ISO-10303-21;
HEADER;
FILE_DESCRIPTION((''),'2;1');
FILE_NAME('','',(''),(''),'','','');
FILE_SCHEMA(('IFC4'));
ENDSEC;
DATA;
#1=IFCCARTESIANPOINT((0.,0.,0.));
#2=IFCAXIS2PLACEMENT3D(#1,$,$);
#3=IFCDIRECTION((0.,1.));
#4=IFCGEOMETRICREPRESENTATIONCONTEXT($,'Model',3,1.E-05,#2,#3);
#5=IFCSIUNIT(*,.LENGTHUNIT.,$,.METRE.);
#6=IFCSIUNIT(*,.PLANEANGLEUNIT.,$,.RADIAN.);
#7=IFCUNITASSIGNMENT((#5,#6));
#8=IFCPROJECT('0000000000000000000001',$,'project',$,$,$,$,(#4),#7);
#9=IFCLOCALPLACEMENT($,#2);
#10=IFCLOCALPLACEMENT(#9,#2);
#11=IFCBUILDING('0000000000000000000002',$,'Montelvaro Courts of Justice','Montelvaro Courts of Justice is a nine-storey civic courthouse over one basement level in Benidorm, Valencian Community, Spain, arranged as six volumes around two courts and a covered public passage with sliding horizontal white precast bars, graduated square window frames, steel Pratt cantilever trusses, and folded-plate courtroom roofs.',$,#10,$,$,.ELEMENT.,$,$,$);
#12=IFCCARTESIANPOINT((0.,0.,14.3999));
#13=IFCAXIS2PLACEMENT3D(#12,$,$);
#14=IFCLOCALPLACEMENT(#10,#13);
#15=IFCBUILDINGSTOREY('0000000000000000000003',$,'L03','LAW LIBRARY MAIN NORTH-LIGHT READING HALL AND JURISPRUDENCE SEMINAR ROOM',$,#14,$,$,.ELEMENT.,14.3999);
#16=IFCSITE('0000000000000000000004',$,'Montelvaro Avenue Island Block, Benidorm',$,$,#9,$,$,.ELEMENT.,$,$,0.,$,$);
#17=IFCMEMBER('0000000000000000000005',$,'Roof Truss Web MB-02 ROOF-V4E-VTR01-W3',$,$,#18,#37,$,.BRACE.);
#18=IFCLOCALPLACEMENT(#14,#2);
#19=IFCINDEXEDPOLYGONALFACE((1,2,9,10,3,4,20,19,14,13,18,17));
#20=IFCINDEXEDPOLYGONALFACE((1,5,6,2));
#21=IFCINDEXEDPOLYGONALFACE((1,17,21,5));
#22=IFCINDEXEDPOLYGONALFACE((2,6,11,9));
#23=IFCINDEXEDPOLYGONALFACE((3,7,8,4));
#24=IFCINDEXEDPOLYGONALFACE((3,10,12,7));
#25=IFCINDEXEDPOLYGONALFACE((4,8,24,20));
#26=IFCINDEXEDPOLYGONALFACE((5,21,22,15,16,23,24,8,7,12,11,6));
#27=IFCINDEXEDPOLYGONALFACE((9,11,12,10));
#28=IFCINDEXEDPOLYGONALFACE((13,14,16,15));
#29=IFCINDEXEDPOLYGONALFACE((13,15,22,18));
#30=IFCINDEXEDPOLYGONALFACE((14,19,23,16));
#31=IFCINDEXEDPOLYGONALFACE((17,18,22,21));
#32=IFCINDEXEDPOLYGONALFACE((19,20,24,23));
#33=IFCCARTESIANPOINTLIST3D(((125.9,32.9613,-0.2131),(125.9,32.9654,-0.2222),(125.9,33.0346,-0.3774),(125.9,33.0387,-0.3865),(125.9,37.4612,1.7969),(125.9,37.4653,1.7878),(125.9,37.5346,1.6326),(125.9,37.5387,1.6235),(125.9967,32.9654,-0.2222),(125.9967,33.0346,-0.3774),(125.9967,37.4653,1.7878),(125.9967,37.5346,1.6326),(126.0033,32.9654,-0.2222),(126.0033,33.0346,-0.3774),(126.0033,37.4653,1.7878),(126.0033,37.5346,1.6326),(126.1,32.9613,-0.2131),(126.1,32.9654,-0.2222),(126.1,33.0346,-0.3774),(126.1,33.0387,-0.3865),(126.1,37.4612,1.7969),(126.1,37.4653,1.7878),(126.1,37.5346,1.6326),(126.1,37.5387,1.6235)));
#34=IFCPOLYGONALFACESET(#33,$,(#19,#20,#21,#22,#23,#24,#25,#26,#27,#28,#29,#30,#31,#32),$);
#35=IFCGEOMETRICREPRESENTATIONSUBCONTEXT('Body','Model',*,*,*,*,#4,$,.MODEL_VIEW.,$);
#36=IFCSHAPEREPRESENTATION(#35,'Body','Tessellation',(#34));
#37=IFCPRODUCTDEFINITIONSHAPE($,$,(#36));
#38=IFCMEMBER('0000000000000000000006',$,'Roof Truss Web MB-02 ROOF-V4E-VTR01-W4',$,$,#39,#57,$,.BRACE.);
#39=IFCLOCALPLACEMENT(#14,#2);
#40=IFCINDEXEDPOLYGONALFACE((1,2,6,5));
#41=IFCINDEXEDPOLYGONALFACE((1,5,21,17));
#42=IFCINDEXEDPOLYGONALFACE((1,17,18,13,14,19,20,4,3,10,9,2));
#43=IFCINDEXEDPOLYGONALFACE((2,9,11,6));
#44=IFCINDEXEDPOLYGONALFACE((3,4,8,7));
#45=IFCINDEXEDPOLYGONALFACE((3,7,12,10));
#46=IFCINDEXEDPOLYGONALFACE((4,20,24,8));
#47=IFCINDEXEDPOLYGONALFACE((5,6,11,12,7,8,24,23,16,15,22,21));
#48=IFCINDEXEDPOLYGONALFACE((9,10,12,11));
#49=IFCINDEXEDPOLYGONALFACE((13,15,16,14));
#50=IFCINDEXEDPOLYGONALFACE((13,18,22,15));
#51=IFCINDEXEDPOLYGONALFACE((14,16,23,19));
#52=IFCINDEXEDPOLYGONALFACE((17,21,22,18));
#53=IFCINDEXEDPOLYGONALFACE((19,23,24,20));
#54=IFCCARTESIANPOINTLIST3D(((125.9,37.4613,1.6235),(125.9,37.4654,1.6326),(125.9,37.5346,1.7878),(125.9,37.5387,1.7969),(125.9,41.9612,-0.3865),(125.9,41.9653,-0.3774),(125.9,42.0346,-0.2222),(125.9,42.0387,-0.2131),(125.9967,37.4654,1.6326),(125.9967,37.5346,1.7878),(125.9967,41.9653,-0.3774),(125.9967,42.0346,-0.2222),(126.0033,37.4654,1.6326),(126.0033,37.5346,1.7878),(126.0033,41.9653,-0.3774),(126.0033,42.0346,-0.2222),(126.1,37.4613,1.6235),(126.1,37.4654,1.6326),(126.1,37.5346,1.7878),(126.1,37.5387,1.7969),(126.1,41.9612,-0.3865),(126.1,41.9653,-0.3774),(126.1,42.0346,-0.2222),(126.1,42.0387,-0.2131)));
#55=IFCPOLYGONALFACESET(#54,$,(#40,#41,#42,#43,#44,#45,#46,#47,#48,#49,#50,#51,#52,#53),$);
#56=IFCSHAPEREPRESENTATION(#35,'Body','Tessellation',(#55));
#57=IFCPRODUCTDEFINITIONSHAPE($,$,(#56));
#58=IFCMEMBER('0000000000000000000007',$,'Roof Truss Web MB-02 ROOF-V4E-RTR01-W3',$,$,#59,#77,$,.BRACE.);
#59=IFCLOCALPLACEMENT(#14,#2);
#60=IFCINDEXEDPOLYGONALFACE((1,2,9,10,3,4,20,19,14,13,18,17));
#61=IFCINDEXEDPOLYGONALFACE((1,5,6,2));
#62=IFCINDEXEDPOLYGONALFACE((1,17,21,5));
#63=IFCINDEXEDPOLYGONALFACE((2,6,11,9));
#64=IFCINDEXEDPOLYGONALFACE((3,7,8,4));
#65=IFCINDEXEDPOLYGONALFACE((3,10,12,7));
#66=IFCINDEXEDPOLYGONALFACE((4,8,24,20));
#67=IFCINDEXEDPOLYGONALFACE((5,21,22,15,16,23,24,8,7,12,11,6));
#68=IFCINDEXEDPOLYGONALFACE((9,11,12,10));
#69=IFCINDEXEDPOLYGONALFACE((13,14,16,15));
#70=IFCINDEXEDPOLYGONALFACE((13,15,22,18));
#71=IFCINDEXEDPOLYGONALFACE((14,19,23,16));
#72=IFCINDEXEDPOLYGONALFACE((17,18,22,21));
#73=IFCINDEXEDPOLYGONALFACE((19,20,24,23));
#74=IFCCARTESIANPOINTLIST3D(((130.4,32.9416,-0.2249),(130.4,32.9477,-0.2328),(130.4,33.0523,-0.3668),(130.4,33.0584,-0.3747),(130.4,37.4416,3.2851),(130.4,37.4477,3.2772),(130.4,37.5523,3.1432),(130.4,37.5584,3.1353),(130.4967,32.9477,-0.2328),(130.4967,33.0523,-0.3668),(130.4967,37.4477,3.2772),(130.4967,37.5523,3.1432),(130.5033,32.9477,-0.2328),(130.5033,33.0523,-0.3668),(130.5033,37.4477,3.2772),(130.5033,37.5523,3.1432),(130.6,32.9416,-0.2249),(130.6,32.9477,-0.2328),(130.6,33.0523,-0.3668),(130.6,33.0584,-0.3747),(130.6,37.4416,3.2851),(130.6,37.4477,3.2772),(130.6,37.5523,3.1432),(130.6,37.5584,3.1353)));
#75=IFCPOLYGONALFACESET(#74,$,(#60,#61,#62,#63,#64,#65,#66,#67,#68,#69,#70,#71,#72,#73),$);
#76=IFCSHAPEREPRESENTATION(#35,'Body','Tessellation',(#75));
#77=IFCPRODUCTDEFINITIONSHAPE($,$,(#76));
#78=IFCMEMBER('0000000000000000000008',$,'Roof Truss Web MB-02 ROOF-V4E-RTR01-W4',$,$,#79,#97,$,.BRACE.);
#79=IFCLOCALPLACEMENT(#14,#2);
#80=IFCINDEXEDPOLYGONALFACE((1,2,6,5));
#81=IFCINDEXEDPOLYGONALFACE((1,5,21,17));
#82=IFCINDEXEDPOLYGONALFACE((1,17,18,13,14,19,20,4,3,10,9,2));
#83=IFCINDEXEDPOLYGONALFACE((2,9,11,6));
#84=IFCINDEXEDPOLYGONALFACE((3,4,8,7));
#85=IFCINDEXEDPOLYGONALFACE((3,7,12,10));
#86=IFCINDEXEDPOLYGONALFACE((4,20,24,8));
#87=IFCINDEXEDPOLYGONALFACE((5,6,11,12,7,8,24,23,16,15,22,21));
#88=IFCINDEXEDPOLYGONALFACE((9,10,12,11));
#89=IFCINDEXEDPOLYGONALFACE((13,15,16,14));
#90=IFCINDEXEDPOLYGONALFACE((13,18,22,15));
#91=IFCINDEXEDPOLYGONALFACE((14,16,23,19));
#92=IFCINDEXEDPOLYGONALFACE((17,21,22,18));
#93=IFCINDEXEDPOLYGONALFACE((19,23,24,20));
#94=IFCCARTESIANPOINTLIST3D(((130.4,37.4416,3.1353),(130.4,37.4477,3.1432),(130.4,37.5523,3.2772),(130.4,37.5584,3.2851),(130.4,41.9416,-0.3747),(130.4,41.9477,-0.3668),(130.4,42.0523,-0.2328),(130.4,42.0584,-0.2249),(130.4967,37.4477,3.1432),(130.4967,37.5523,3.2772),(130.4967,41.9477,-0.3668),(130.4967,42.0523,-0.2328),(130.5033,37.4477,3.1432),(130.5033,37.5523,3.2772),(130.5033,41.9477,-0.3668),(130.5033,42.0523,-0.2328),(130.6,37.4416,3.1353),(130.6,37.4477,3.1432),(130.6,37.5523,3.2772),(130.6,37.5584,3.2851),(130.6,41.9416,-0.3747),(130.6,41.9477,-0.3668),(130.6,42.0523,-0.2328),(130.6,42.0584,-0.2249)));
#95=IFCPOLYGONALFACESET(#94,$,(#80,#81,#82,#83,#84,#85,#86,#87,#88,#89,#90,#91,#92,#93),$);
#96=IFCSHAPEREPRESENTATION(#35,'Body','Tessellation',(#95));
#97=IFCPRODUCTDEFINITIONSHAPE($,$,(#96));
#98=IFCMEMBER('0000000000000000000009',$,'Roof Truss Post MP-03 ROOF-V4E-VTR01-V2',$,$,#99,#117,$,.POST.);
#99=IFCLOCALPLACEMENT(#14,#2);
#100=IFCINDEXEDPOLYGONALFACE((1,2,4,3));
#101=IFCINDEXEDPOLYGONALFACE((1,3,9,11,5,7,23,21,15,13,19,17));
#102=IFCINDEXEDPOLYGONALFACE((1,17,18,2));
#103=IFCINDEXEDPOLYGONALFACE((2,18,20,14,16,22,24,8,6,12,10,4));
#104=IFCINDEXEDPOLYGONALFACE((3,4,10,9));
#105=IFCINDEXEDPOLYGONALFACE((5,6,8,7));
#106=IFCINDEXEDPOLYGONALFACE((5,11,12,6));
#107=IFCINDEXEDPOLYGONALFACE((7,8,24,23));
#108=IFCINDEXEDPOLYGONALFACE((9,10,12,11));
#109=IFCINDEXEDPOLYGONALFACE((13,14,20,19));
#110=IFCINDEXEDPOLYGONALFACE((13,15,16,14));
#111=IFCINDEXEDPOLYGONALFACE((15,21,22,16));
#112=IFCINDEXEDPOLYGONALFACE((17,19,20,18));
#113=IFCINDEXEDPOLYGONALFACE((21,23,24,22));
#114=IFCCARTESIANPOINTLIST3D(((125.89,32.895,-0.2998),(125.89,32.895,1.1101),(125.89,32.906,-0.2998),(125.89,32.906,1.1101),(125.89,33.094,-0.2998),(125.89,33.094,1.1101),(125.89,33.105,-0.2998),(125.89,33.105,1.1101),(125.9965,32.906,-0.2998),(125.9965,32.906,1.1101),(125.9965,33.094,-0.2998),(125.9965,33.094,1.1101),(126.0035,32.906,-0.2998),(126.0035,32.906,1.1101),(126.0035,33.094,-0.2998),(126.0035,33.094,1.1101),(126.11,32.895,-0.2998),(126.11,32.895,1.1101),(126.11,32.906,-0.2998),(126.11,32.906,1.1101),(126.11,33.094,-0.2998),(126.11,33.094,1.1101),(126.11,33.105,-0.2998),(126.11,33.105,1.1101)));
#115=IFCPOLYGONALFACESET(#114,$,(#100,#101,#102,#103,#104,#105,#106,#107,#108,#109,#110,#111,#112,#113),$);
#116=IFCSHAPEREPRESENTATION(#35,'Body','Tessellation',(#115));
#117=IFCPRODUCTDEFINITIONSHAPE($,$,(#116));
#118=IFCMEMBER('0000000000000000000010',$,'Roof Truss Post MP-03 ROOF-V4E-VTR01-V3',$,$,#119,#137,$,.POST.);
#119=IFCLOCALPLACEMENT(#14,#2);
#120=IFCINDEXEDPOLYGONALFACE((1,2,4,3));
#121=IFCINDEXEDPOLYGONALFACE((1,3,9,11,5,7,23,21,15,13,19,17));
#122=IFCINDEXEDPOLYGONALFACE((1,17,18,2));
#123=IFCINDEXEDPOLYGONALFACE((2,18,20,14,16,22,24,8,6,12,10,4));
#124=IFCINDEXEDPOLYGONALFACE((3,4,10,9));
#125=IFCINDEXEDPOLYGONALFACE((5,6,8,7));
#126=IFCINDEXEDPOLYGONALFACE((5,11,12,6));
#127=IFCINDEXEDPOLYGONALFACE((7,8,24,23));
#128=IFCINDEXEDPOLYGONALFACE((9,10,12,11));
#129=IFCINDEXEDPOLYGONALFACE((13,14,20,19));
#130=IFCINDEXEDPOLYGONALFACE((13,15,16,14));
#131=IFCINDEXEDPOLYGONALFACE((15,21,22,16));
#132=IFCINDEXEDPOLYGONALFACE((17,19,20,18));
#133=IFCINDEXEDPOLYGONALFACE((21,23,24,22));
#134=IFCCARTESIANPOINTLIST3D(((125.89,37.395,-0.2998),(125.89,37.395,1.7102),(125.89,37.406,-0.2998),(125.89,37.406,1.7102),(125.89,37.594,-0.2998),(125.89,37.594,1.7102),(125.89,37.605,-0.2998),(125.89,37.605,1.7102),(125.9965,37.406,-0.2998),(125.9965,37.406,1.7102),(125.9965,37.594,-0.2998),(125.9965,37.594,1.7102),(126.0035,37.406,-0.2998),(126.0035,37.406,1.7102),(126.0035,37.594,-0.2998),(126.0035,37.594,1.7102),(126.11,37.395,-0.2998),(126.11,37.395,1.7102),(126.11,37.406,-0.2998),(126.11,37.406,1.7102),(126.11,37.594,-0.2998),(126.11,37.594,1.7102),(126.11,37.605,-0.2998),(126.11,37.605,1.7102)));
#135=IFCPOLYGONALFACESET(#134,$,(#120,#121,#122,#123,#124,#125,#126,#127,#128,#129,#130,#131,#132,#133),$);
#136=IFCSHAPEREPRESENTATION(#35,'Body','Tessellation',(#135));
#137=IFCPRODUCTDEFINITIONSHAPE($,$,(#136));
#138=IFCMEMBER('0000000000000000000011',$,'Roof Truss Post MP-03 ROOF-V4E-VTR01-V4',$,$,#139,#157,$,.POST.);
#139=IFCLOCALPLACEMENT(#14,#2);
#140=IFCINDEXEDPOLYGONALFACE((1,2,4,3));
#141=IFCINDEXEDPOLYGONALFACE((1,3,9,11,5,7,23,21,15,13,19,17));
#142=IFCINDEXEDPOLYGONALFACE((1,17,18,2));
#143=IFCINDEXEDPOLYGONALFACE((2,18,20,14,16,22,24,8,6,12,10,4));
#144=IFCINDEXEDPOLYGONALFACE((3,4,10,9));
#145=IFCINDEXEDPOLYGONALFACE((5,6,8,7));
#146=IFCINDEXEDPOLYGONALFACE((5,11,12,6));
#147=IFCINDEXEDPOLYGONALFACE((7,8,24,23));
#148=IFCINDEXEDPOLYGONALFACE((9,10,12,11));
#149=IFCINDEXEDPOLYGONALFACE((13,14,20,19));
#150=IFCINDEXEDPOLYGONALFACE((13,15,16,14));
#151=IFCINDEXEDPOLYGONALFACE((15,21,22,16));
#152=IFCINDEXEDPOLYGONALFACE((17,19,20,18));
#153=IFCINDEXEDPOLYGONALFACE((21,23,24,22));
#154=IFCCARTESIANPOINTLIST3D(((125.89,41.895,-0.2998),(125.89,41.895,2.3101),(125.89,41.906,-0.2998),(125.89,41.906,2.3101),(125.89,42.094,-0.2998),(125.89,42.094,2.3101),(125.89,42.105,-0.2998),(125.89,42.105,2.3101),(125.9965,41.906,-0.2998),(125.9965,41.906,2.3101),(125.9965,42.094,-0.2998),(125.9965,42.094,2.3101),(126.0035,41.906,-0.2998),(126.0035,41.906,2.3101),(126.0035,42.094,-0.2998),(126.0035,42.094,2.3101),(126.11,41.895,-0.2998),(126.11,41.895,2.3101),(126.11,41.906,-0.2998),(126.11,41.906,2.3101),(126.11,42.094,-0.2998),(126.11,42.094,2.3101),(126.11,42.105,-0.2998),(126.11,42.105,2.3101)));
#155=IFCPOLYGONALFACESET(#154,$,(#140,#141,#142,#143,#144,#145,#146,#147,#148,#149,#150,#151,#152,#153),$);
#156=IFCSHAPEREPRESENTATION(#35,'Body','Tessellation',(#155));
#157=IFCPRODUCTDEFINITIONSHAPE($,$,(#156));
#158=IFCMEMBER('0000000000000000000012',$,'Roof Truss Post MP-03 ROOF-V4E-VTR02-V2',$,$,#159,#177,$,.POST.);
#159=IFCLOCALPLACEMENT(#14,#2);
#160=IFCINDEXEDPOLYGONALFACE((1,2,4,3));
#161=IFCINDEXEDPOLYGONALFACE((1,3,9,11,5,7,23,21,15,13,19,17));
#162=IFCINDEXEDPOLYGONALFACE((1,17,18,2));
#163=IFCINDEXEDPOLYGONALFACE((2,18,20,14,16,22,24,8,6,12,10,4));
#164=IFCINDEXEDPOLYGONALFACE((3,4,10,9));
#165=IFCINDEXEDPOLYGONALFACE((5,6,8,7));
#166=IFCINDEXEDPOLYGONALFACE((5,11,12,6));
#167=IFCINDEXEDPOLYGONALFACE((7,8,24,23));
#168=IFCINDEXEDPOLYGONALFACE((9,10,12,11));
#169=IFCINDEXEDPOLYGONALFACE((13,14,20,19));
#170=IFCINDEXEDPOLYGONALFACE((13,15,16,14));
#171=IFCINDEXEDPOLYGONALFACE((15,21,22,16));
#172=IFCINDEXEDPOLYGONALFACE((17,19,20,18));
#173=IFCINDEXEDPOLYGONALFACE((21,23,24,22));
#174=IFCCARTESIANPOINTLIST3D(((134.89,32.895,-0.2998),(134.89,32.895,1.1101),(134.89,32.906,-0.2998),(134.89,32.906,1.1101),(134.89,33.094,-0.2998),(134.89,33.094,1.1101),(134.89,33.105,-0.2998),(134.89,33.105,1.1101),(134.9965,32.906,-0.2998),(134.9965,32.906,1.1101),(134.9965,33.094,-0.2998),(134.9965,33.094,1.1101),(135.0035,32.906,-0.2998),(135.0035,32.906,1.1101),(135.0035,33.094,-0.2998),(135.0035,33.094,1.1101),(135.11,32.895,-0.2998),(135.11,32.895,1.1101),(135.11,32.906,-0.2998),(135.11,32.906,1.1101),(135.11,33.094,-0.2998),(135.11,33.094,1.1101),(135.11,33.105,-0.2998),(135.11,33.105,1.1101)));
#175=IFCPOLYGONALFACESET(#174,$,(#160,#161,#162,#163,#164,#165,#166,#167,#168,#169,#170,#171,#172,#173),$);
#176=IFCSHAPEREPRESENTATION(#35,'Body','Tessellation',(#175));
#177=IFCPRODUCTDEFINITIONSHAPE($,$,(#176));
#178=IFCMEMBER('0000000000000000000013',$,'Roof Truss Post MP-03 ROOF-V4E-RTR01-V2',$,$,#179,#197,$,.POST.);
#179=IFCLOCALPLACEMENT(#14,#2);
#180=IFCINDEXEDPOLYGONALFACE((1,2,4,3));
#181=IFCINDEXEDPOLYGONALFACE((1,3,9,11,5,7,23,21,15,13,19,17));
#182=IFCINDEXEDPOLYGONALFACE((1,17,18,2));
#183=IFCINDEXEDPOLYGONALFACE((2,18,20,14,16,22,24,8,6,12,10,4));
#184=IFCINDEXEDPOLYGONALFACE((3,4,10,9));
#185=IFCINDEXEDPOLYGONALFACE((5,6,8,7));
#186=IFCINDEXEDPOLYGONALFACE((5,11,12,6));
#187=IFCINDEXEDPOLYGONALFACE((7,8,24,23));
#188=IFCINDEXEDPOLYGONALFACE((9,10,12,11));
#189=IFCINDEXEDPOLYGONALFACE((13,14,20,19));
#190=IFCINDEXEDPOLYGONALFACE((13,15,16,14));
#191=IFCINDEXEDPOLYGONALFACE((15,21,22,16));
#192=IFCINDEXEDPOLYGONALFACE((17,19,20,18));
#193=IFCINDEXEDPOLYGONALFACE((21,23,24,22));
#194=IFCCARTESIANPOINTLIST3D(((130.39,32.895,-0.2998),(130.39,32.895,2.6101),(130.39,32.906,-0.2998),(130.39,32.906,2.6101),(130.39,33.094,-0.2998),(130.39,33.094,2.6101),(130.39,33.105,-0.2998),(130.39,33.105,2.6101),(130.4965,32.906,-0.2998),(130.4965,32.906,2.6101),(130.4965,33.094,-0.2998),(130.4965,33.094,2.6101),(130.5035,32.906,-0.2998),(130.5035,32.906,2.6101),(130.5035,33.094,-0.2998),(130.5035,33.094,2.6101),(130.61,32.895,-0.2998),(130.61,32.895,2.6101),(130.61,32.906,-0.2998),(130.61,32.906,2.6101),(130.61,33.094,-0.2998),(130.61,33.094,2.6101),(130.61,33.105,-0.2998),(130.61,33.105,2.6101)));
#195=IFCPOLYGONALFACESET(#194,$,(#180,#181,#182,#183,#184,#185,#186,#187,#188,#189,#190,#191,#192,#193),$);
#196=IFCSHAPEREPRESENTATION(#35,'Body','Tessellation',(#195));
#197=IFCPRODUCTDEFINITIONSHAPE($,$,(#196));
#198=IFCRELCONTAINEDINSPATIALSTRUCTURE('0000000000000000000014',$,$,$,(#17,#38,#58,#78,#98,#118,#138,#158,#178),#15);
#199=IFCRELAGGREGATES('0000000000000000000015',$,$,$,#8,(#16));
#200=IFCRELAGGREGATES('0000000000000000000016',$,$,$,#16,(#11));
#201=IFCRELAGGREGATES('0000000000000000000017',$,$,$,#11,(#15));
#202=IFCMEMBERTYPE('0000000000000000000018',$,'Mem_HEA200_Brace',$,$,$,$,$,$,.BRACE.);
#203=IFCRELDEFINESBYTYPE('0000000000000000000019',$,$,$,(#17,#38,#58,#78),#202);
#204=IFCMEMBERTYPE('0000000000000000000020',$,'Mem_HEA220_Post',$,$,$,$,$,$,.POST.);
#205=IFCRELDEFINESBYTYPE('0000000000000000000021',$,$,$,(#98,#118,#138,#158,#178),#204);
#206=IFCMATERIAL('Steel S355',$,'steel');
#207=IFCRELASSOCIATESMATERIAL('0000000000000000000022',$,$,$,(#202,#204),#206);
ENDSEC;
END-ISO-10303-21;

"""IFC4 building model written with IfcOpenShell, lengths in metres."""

from ifc_helpers import new_model, si_unit, direction, frame, origin, origin_2d, place, context, subcontext, project, spatial, i_section, extrude, material, material_profile, profile_set, type_object, element, save


model = new_model("IFC4")

# Units and contexts
model_context = context("Model", 3, precision=1e-05, world=origin(), true_north=direction((0.0, 1.0)))
body_context = subcontext(model_context, "Body", "Model", "MODEL_VIEW")
ifc_project = project(units=[si_unit("LENGTHUNIT", "METRE"), si_unit("PLANEANGLEUNIT", "RADIAN")], contexts=[model_context])

# Site, building, storey
site_placement = place(None, origin())
site = spatial("IfcSite", under=ifc_project, at=site_placement, Name="Montelvaro Avenue Island Block, Benidorm", CompositionType="ELEMENT", RefElevation=0.0)
building_placement = place(site_placement, origin())
building = spatial("IfcBuilding", under=site, at=building_placement, Name="Montelvaro Courts of Justice", Description="Montelvaro Courts of Justice is a nine-storey civic courthouse over one basement level in Benidorm, Valencian Community, Spain, arranged as six volumes around two courts and a covered public passage with sliding horizontal white precast bars, graduated square window frames, steel Pratt cantilever trusses, and folded-plate courtroom roofs.", CompositionType="ELEMENT")
storey_placement = place(building_placement, frame((0.0, 0.0, 14.3999)))
storey = spatial("IfcBuildingStorey", under=building, at=storey_placement, Name="L03", Description="LAW LIBRARY MAIN NORTH-LIGHT READING HALL AND JURISPRUDENCE SEMINAR ROOM", CompositionType="ELEMENT", Elevation=14.3999)

# Members
ifc_material_1 = material(Name="Steel S355", Category="steel")
ifc_material_profile_1 = material_profile(ifc_material_1, i_section(OverallWidth=0.2, OverallDepth=0.1899, WebThickness=0.0066, FlangeThickness=0.01, at=origin_2d()), Name="HEA 200")
ifc_profile_set_1 = profile_set([ifc_material_profile_1], Name="Steel S355")
member_type_1 = type_object("IfcMemberType", Name="Mem_HEA200_Brace", PredefinedType="BRACE", material=ifc_profile_set_1)
for number, where, z_axis, x_axis, name in (
    (1, (126.0, 33.0, -0.2998), (0.0, 0.913056, 0.407834), (-1.0, 0.0, 0.0), "Roof Truss Web MB-02 ROOF-V4E-VTR01-W3"),
    (2, (126.0, 37.5, 1.7102), (0.0, 0.913056, -0.407834), (-1.0, 0.0, 0.0), "Roof Truss Web MB-02 ROOF-V4E-VTR01-W4"),
):
    element("IfcMember", number, at=place(storey_placement, frame(where, z_axis=z_axis, x_axis=x_axis)), inside=storey, type_object=member_type_1, Name=name, PredefinedType="BRACE", context=body_context, shape_type="SweptSolid", body=[
        extrude(i_section(OverallWidth=0.2, OverallDepth=0.1899, WebThickness=0.0066, FlangeThickness=0.01, at=origin_2d()), origin(), (0.0, 0.0, 1.0), 4.9285),
    ])
for number, where, z_axis, x_axis, name in (
    (3, (130.5, 33.0, -0.2998), (0.0, 0.788501, 0.615033), (-1.0, 0.0, 0.0), "Roof Truss Web MB-02 ROOF-V4E-RTR01-W3"),
    (4, (130.5, 37.5, 3.2102), (0.0, 0.788501, -0.615033), (-1.0, 0.0, 0.0), "Roof Truss Web MB-02 ROOF-V4E-RTR01-W4"),
):
    element("IfcMember", number, at=place(storey_placement, frame(where, z_axis=z_axis, x_axis=x_axis)), inside=storey, type_object=member_type_1, Name=name, PredefinedType="BRACE", context=body_context, shape_type="SweptSolid", body=[
        extrude(i_section(OverallWidth=0.2, OverallDepth=0.1899, WebThickness=0.0066, FlangeThickness=0.01, at=origin_2d()), origin(), (0.0, 0.0, 1.0), 5.707),
    ])
ifc_material_profile_2 = material_profile(ifc_material_1, i_section(OverallWidth=0.22, OverallDepth=0.21, WebThickness=0.0071, FlangeThickness=0.011, at=origin_2d()), Name="HEA 220")
ifc_profile_set_2 = profile_set([ifc_material_profile_2], Name="Steel S355")
member_type_2 = type_object("IfcMemberType", Name="Mem_HEA220_Post", PredefinedType="POST", material=ifc_profile_set_2)
member_1_placement = place(storey_placement, frame((126.0, 33.0, -0.2998), z_axis=(0.0, 0.0, 1.0), x_axis=(1.0, 0.0, 0.0)))
element("IfcMember", 5, at=member_1_placement, inside=storey, type_object=member_type_2, Name="Roof Truss Post MP-03 ROOF-V4E-VTR01-V2", PredefinedType="POST", context=body_context, shape_type="SweptSolid", body=[
    extrude(i_section(OverallWidth=0.22, OverallDepth=0.21, WebThickness=0.0071, FlangeThickness=0.011, at=origin_2d()), origin(), (0.0, 0.0, 1.0), 1.4099),
])
member_2_placement = place(storey_placement, frame((126.0, 37.5, -0.2998), z_axis=(0.0, 0.0, 1.0), x_axis=(1.0, 0.0, 0.0)))
element("IfcMember", 6, at=member_2_placement, inside=storey, type_object=member_type_2, Name="Roof Truss Post MP-03 ROOF-V4E-VTR01-V3", PredefinedType="POST", context=body_context, shape_type="SweptSolid", body=[
    extrude(i_section(OverallWidth=0.22, OverallDepth=0.21, WebThickness=0.0071, FlangeThickness=0.011, at=origin_2d()), origin(), (0.0, 0.0, 1.0), 2.01),
])
member_3_placement = place(storey_placement, frame((126.0, 42.0, -0.2998), z_axis=(0.0, 0.0, 1.0), x_axis=(1.0, 0.0, 0.0)))
element("IfcMember", 7, at=member_3_placement, inside=storey, type_object=member_type_2, Name="Roof Truss Post MP-03 ROOF-V4E-VTR01-V4", PredefinedType="POST", context=body_context, shape_type="SweptSolid", body=[
    extrude(i_section(OverallWidth=0.22, OverallDepth=0.21, WebThickness=0.0071, FlangeThickness=0.011, at=origin_2d()), origin(), (0.0, 0.0, 1.0), 2.6099),
])
member_4_placement = place(storey_placement, frame((135.0, 33.0, -0.2998), z_axis=(0.0, 0.0, 1.0), x_axis=(1.0, 0.0, 0.0)))
element("IfcMember", 8, at=member_4_placement, inside=storey, type_object=member_type_2, Name="Roof Truss Post MP-03 ROOF-V4E-VTR02-V2", PredefinedType="POST", context=body_context, shape_type="SweptSolid", body=[
    extrude(i_section(OverallWidth=0.22, OverallDepth=0.21, WebThickness=0.0071, FlangeThickness=0.011, at=origin_2d()), origin(), (0.0, 0.0, 1.0), 1.4099),
])
member_5_placement = place(storey_placement, frame((130.5, 33.0, -0.2998), z_axis=(0.0, 0.0, 1.0), x_axis=(1.0, 0.0, 0.0)))
element("IfcMember", 9, at=member_5_placement, inside=storey, type_object=member_type_2, Name="Roof Truss Post MP-03 ROOF-V4E-RTR01-V2", PredefinedType="POST", context=body_context, shape_type="SweptSolid", body=[
    extrude(i_section(OverallWidth=0.22, OverallDepth=0.21, WebThickness=0.0071, FlangeThickness=0.011, at=origin_2d()), origin(), (0.0, 0.0, 1.0), 2.9099),
])

save(model, "model.ifc")
